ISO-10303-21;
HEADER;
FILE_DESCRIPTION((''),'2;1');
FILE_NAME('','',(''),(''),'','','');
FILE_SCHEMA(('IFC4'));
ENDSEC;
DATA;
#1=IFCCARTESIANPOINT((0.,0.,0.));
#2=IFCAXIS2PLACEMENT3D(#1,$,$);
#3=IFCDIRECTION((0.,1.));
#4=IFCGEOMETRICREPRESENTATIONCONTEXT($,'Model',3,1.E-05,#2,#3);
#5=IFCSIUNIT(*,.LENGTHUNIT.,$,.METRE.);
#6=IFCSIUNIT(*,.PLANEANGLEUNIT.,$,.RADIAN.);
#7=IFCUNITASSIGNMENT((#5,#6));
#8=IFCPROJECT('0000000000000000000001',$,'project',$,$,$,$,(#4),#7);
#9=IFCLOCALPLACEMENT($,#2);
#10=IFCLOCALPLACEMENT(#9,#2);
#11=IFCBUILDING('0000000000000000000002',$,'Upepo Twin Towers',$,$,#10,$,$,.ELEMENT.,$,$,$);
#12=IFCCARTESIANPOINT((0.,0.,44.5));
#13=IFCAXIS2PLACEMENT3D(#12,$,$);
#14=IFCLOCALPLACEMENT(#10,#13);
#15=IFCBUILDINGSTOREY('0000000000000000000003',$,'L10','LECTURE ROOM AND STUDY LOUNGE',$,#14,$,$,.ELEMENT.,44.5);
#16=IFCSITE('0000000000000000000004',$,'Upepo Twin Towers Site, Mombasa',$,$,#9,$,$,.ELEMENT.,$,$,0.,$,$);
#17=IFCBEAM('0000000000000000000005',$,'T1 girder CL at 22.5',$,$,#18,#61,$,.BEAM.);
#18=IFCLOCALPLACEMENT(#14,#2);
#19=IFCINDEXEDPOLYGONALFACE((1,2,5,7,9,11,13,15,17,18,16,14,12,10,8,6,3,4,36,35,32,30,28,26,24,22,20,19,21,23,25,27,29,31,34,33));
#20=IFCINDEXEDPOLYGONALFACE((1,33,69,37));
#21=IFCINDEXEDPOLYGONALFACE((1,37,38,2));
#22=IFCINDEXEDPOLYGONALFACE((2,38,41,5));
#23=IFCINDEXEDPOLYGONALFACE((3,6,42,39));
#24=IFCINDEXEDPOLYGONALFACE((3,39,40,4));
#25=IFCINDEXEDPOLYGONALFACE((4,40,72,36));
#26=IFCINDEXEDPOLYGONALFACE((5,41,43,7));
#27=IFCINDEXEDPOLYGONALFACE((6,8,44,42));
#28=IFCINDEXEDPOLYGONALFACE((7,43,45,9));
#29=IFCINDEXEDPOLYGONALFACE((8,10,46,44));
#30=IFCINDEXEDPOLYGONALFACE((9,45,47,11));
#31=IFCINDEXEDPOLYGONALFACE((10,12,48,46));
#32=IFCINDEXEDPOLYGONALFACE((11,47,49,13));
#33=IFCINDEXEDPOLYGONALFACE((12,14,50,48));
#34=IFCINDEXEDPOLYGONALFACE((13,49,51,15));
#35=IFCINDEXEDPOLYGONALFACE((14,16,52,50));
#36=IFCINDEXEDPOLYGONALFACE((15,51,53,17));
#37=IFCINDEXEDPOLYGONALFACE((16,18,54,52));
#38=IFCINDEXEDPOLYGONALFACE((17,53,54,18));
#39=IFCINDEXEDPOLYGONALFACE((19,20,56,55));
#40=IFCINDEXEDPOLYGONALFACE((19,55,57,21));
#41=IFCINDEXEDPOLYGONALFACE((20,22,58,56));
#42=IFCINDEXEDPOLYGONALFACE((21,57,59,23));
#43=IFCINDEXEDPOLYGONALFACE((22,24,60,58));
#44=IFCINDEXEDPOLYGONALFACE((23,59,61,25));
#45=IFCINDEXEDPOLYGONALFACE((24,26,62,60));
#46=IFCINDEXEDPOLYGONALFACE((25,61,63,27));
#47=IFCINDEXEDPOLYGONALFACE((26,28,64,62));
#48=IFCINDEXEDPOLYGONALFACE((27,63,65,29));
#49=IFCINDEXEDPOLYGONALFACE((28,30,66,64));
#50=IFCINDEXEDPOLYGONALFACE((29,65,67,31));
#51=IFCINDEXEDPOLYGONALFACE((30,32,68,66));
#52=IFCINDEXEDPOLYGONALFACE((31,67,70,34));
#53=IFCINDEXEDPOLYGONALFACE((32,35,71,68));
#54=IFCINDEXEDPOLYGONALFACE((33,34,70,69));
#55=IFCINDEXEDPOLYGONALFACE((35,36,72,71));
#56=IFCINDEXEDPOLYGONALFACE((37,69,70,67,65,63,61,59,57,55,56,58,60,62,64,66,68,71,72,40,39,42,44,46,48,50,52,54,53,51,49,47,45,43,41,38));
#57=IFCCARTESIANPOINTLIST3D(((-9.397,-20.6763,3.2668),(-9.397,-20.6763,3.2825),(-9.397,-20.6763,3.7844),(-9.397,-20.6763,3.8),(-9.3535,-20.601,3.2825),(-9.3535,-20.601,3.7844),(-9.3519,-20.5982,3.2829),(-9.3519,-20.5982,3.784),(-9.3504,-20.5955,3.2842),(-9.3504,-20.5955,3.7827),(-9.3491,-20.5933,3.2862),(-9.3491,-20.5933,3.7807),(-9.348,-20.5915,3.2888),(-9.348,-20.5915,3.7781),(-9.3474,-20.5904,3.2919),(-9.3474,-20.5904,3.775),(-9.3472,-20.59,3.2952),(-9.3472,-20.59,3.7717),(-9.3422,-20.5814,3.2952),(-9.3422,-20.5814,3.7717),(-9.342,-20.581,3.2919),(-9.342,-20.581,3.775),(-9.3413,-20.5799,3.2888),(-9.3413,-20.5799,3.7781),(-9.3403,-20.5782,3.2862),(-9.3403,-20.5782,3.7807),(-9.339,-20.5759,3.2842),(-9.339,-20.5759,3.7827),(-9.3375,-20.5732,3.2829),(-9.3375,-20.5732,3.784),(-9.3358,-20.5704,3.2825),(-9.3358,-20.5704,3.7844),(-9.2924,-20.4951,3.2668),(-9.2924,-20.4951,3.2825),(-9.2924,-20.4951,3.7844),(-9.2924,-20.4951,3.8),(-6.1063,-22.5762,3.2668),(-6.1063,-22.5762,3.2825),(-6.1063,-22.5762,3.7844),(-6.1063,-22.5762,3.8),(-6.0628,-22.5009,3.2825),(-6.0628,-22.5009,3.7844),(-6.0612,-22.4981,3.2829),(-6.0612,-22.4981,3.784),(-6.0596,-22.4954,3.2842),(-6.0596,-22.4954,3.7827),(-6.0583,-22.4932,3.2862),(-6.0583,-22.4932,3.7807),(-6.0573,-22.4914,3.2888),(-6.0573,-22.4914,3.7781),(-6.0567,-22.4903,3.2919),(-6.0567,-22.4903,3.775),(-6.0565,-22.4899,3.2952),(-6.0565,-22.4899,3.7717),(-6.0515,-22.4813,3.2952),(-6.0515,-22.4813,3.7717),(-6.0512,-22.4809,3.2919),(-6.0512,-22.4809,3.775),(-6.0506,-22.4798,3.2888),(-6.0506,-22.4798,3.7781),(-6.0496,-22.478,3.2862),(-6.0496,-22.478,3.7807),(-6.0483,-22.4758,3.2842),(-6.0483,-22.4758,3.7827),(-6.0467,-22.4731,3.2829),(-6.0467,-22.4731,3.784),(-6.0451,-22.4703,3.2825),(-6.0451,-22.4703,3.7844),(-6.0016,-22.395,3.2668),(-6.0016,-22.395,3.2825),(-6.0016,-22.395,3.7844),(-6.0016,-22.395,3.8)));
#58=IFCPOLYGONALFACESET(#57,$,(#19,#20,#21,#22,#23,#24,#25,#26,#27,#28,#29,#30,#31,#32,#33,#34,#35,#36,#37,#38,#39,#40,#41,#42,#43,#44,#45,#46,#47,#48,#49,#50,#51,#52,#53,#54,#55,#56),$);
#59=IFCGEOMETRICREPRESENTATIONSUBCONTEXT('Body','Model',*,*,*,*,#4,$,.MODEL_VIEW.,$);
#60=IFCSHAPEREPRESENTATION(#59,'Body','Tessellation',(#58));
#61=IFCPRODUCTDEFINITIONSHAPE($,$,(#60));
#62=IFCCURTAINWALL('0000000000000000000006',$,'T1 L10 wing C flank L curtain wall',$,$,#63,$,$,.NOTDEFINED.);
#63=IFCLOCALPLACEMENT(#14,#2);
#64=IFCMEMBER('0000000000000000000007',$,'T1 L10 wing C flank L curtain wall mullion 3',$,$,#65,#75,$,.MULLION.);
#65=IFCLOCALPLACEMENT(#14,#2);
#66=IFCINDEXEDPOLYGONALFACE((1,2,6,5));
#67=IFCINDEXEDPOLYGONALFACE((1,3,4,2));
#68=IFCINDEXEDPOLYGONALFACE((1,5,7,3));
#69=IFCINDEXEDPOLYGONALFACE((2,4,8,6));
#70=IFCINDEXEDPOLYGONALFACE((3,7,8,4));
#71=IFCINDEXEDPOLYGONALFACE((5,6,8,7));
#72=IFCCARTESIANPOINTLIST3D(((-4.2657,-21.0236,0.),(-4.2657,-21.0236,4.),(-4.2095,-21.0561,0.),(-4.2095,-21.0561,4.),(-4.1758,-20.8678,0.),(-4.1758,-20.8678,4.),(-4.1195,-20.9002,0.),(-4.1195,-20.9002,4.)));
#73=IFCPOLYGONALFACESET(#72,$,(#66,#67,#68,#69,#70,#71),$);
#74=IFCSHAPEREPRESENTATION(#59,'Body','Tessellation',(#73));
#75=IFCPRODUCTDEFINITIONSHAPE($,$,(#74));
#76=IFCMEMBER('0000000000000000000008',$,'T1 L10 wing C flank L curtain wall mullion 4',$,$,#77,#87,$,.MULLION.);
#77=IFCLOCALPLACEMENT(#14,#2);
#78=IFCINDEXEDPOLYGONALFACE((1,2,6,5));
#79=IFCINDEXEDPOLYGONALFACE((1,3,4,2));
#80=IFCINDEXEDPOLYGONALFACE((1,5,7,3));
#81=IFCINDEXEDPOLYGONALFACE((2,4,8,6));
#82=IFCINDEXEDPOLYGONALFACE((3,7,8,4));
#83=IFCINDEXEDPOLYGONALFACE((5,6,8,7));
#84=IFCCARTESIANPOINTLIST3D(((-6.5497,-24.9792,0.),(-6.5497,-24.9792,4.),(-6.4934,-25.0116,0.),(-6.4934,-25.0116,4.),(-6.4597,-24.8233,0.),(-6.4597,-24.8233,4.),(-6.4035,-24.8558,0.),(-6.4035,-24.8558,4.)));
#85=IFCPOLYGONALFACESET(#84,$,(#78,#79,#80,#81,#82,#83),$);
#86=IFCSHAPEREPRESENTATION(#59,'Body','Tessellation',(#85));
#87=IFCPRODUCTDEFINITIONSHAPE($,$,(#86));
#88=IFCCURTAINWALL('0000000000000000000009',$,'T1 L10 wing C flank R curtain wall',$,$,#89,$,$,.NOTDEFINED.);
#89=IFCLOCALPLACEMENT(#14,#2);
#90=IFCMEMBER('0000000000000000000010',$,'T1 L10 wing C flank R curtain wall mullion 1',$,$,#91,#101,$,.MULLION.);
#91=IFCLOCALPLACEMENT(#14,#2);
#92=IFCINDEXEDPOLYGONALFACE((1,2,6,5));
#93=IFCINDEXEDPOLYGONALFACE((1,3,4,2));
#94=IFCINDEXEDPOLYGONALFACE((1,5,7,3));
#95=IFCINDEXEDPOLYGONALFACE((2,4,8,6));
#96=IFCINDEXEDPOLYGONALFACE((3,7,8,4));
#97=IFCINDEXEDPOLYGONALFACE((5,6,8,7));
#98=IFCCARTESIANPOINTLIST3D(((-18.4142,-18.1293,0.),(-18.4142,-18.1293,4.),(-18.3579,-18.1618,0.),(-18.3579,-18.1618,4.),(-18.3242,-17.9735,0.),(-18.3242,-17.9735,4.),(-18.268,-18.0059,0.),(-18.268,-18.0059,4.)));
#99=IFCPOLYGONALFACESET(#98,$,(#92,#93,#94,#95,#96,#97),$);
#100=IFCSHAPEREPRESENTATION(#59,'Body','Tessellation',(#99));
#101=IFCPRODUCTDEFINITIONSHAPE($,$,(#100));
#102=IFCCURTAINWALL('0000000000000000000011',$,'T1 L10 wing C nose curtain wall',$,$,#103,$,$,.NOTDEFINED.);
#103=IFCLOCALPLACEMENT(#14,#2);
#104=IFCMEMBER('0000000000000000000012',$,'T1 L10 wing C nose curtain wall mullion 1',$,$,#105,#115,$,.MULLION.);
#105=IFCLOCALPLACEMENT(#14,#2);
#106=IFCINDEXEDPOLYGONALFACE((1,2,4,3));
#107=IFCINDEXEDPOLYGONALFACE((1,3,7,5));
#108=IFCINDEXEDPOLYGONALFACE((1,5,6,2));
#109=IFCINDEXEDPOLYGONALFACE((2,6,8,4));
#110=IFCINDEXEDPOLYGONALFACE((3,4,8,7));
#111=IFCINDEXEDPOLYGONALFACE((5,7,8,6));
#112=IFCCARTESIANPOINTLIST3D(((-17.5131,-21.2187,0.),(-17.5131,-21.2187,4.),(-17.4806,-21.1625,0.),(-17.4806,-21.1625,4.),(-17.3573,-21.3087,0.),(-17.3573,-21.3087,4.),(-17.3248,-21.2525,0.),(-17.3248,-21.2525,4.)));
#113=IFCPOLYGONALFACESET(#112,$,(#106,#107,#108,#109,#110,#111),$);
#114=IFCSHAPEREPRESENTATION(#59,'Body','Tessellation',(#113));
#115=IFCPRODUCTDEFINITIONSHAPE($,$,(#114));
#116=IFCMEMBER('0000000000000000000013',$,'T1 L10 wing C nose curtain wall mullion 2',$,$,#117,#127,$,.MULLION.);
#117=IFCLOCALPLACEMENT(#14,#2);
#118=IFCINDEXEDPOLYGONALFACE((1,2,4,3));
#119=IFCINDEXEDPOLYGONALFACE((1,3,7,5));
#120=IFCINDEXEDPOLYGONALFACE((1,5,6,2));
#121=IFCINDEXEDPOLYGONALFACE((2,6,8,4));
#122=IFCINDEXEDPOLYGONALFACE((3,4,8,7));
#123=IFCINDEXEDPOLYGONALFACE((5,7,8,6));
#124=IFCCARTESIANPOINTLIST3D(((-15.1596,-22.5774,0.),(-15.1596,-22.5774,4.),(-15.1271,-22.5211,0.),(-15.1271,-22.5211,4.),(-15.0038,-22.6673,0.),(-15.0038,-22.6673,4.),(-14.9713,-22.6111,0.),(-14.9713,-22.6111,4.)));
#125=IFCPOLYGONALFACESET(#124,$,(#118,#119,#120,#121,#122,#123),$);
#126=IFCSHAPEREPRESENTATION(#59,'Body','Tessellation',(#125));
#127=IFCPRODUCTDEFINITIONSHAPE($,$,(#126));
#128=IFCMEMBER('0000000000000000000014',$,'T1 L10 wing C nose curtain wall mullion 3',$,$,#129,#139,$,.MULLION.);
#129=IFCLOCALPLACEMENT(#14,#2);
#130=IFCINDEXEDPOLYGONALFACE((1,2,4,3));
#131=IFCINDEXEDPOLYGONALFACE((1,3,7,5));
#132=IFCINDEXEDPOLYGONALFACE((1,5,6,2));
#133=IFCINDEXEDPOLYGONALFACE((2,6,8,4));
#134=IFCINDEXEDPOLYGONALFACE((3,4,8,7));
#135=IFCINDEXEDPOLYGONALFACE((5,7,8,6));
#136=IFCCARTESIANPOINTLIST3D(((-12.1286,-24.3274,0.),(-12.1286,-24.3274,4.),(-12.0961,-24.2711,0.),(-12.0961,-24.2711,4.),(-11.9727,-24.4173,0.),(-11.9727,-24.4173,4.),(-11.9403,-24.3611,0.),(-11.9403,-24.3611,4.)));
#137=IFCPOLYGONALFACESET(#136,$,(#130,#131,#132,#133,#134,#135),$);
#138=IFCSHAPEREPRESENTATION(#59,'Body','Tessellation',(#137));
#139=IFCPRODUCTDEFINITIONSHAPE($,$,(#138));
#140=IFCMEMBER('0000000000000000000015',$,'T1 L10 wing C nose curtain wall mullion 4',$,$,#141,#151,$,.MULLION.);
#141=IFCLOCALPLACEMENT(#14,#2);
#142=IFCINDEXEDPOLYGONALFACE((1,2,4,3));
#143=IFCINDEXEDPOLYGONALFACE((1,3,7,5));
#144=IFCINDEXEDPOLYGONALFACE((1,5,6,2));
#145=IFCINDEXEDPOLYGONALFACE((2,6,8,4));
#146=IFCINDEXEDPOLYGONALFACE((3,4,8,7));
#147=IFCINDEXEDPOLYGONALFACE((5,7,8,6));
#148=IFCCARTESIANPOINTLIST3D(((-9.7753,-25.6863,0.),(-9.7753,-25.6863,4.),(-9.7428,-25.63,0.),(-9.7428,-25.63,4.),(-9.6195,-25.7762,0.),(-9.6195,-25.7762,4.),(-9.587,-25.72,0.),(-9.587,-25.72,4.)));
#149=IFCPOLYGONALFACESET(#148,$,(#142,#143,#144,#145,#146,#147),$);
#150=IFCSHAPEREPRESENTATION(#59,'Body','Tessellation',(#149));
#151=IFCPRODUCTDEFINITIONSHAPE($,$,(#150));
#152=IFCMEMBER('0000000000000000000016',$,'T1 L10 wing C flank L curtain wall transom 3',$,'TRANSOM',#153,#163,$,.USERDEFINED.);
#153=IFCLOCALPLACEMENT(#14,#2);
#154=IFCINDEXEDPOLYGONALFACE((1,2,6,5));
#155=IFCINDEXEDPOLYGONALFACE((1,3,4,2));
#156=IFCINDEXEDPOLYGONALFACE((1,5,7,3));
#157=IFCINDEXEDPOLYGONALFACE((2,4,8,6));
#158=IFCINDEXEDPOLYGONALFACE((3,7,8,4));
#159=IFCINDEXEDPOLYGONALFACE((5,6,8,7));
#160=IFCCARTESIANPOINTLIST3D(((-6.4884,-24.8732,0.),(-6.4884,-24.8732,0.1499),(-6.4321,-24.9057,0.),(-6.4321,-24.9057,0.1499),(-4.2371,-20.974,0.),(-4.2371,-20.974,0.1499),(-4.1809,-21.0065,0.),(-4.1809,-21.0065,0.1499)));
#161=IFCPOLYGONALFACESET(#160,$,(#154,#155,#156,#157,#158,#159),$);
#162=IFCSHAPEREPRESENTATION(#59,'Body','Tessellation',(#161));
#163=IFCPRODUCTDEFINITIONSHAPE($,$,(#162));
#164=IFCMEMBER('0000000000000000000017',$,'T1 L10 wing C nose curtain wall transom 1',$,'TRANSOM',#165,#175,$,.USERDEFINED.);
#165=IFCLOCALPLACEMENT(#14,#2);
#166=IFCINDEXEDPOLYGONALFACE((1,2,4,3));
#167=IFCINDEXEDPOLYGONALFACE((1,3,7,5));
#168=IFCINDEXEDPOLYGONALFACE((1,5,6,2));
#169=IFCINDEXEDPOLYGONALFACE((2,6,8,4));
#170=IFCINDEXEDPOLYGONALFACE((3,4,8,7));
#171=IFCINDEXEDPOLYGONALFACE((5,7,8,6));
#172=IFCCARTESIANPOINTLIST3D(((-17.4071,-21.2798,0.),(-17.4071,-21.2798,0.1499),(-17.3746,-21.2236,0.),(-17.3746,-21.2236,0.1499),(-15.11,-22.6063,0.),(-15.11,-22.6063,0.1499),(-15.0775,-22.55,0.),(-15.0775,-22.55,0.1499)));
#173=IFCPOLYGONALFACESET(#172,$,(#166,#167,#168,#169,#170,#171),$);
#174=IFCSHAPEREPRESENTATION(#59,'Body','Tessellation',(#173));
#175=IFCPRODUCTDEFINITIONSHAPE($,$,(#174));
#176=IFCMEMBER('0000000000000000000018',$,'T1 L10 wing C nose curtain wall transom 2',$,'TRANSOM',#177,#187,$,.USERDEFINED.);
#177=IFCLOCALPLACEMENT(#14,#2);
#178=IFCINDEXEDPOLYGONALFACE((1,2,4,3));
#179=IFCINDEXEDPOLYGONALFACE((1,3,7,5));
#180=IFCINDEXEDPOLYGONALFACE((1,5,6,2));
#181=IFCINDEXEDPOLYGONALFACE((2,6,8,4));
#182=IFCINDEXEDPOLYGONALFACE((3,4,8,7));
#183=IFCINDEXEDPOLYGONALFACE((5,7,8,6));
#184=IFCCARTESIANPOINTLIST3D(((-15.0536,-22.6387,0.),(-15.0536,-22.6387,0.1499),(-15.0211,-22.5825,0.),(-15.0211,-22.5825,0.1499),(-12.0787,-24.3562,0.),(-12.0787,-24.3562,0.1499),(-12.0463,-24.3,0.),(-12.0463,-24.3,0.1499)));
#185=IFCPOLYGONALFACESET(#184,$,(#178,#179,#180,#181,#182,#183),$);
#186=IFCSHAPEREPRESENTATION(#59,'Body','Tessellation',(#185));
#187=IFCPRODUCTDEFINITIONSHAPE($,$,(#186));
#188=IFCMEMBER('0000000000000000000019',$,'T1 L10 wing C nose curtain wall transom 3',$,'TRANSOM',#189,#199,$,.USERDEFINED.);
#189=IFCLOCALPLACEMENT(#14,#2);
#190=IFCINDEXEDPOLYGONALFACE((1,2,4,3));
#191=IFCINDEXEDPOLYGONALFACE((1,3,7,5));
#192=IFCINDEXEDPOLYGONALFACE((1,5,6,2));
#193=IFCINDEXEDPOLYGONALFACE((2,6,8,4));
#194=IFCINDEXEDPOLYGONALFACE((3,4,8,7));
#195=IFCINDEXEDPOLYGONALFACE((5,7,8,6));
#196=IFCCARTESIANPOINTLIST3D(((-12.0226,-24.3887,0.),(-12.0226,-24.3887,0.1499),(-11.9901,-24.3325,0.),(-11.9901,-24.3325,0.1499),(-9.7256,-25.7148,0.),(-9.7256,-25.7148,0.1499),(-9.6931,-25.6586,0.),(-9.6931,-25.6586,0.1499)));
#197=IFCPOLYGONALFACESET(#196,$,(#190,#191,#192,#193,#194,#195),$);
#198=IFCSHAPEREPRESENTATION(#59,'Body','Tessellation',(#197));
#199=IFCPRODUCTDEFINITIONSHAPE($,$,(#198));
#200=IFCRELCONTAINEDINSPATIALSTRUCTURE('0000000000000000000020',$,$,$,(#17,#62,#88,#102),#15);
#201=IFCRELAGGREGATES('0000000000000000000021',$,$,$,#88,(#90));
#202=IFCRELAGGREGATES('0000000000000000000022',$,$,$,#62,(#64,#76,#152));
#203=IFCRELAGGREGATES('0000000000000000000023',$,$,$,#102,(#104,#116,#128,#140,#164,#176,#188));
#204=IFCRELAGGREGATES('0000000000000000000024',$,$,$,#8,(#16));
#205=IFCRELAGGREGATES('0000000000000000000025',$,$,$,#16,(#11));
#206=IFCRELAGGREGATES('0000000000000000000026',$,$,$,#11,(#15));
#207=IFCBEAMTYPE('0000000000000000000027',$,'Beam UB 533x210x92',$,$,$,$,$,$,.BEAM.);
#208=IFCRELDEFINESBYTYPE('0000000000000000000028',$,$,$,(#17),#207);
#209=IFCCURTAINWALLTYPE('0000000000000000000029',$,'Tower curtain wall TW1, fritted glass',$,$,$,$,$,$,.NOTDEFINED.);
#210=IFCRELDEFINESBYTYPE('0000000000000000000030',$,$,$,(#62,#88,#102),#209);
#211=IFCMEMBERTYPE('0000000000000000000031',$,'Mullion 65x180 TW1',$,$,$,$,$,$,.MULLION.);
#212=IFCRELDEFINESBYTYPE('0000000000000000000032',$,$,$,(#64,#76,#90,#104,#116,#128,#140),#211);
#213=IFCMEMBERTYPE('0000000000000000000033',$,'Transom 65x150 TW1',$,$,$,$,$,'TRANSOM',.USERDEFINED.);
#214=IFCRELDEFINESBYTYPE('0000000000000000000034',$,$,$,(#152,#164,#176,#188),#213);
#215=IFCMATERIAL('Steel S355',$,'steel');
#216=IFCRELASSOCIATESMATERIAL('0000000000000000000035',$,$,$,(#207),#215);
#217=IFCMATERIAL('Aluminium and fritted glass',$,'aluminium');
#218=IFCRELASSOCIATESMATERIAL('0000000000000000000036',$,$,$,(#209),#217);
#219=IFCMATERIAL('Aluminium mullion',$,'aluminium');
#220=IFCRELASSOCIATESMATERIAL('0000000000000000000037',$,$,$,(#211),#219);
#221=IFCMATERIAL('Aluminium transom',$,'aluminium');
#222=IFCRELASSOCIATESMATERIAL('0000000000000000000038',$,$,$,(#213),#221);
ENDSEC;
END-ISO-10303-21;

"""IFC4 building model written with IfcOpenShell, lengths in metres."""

from ifc_helpers import new_model, si_unit, direction, frame, origin, origin_2d, place, context, subcontext, project, spatial, rectangle, i_section, extrude, material, material_profile, profile_set, type_object, element, aggregate, save


model = new_model("IFC4")

# Units and contexts
model_context = context("Model", 3, precision=1e-05, world=origin(), true_north=direction((0.0, 1.0)))
body_context = subcontext(model_context, "Body", "Model", "MODEL_VIEW")
ifc_project = project(units=[si_unit("LENGTHUNIT", "METRE"), si_unit("PLANEANGLEUNIT", "RADIAN")], contexts=[model_context])

# Site, building, storey
site_placement = place(None, origin())
site = spatial("IfcSite", under=ifc_project, at=site_placement, Name="Upepo Twin Towers Site, Mombasa", CompositionType="ELEMENT", RefElevation=0.0)
building_placement = place(site_placement, origin())
building = spatial("IfcBuilding", under=site, at=building_placement, Name="Upepo Twin Towers", CompositionType="ELEMENT")
storey_placement = place(building_placement, frame((0.0, 0.0, 44.5)))
storey = spatial("IfcBuildingStorey", under=building, at=storey_placement, Name="L10", Description="LECTURE ROOM AND STUDY LOUNGE", CompositionType="ELEMENT", Elevation=44.5)

# Beam
ifc_material_1 = material(Name="Steel S355", Category="steel")
ifc_material_profile_1 = material_profile(ifc_material_1, i_section(OverallWidth=0.2092, OverallDepth=0.5332, WebThickness=0.01, FlangeThickness=0.0156, FilletRadius=0.0127, at=origin_2d()), Name="UB 533x210x92")
ifc_profile_set_1 = profile_set([ifc_material_profile_1], Name="Steel S355")
beam_type_1 = type_object("IfcBeamType", Name="Beam UB 533x210x92", PredefinedType="BEAM", material=ifc_profile_set_1)
beam_1_placement = place(storey_placement, frame((-6.054, -22.4856, 3.5334), z_axis=(-0.866028, 0.499995, 0.0), x_axis=(-0.499995, -0.866028, 0.0)))
element("IfcBeam", 1, at=beam_1_placement, inside=storey, type_object=beam_type_1, Name="T1 girder CL at 22.5", PredefinedType="BEAM", context=body_context, shape_type="SweptSolid", body=[
    extrude(i_section(OverallWidth=0.2092, OverallDepth=0.5332, WebThickness=0.01, FlangeThickness=0.0156, FilletRadius=0.0127, at=origin_2d()), origin(), (0.0, 0.0, 1.0), 3.7998),
])

# Curtain wall, members
ifc_material_2 = material(Name="Aluminium and fritted glass", Category="aluminium")
curtain_wall_type = type_object("IfcCurtainWallType", Name="Tower curtain wall TW1, fritted glass", PredefinedType="NOTDEFINED", material=ifc_material_2)
curtain_wall_1_placement = place(storey_placement, origin())
curtain_wall_1 = element("IfcCurtainWall", 2, at=curtain_wall_1_placement, inside=storey, type_object=curtain_wall_type, Name="T1 L10 wing C flank L curtain wall", PredefinedType="NOTDEFINED")
ifc_material_3 = material(Name="Aluminium mullion", Category="aluminium")
ifc_material_profile_2 = material_profile(ifc_material_3, rectangle(XDim=0.0649, YDim=0.1799, at=origin_2d()), Name="MULLION 65x180")
ifc_profile_set_2 = profile_set([ifc_material_profile_2], Name="Aluminium mullion")
member_type_1 = type_object("IfcMemberType", Name="Mullion 65x180 TW1", PredefinedType="MULLION", material=ifc_profile_set_2)
member_1_placement = place(storey_placement, frame((-4.1926, -20.9619, 0.0), z_axis=(0.0, 0.0, 1.0), x_axis=(0.866025, -0.5, 0.0)))
member_1 = element("IfcMember", 3, at=member_1_placement, type_object=member_type_1, Name="T1 L10 wing C flank L curtain wall mullion 3", PredefinedType="MULLION", context=body_context, shape_type="SweptSolid", body=[
    extrude(rectangle(XDim=0.0649, YDim=0.1799, at=origin_2d()), origin(), (0.0, 0.0, 1.0), 4.0),
])
member_2_placement = place(storey_placement, frame((-6.4766, -24.9175, 0.0), z_axis=(0.0, 0.0, 1.0), x_axis=(0.866025, -0.5, 0.0)))
member_2 = element("IfcMember", 4, at=member_2_placement, type_object=member_type_1, Name="T1 L10 wing C flank L curtain wall mullion 4", PredefinedType="MULLION", context=body_context, shape_type="SweptSolid", body=[
    extrude(rectangle(XDim=0.0649, YDim=0.1799, at=origin_2d()), origin(), (0.0, 0.0, 1.0), 4.0),
])

# Curtain wall, member
curtain_wall_2_placement = place(storey_placement, origin())
curtain_wall_2 = element("IfcCurtainWall", 5, at=curtain_wall_2_placement, inside=storey, type_object=curtain_wall_type, Name="T1 L10 wing C flank R curtain wall", PredefinedType="NOTDEFINED")
member_3_placement = place(storey_placement, frame((-18.3411, -18.0676, 0.0), z_axis=(0.0, 0.0, 1.0), x_axis=(-0.866025, 0.5, 0.0)))
member_3 = element("IfcMember", 6, at=member_3_placement, type_object=member_type_1, Name="T1 L10 wing C flank R curtain wall mullion 1", PredefinedType="MULLION", context=body_context, shape_type="SweptSolid", body=[
    extrude(rectangle(XDim=0.0649, YDim=0.1799, at=origin_2d()), origin(), (0.0, 0.0, 1.0), 4.0),
])
aggregate(curtain_wall_2, [member_3])

# Curtain wall, members
curtain_wall_3_placement = place(storey_placement, origin())
curtain_wall_3 = element("IfcCurtainWall", 7, at=curtain_wall_3_placement, inside=storey, type_object=curtain_wall_type, Name="T1 L10 wing C nose curtain wall", PredefinedType="NOTDEFINED")
member_4_placement = place(storey_placement, frame((-17.4189, -21.2356, 0.0), z_axis=(0.0, 0.0, 1.0), x_axis=(0.5, 0.866025, 0.0)))
member_4 = element("IfcMember", 8, at=member_4_placement, type_object=member_type_1, Name="T1 L10 wing C nose curtain wall mullion 1", PredefinedType="MULLION", context=body_context, shape_type="SweptSolid", body=[
    extrude(rectangle(XDim=0.0649, YDim=0.1799, at=origin_2d()), origin(), (0.0, 0.0, 1.0), 4.0),
])
member_5_placement = place(storey_placement, frame((-15.0654, -22.5942, 0.0), z_axis=(0.0, 0.0, 1.0), x_axis=(0.5, 0.866025, 0.0)))
member_5 = element("IfcMember", 9, at=member_5_placement, type_object=member_type_1, Name="T1 L10 wing C nose curtain wall mullion 2", PredefinedType="MULLION", context=body_context, shape_type="SweptSolid", body=[
    extrude(rectangle(XDim=0.0649, YDim=0.1799, at=origin_2d()), origin(), (0.0, 0.0, 1.0), 4.0),
])
member_6_placement = place(storey_placement, frame((-12.0344, -24.3442, 0.0), z_axis=(0.0, 0.0, 1.0), x_axis=(0.5, 0.866025, 0.0)))
member_6 = element("IfcMember", 10, at=member_6_placement, type_object=member_type_1, Name="T1 L10 wing C nose curtain wall mullion 3", PredefinedType="MULLION", context=body_context, shape_type="SweptSolid", body=[
    extrude(rectangle(XDim=0.0649, YDim=0.1799, at=origin_2d()), origin(), (0.0, 0.0, 1.0), 4.0),
])
member_7_placement = place(storey_placement, frame((-9.6812, -25.7031, 0.0), z_axis=(0.0, 0.0, 1.0), x_axis=(0.5, 0.866025, 0.0)))
member_7 = element("IfcMember", 11, at=member_7_placement, type_object=member_type_1, Name="T1 L10 wing C nose curtain wall mullion 4", PredefinedType="MULLION", context=body_context, shape_type="SweptSolid", body=[
    extrude(rectangle(XDim=0.0649, YDim=0.1799, at=origin_2d()), origin(), (0.0, 0.0, 1.0), 4.0),
])

# Members
ifc_material_4 = material(Name="Aluminium transom", Category="aluminium")
ifc_material_profile_3 = material_profile(ifc_material_4, rectangle(XDim=0.0649, YDim=0.1499, at=origin_2d()), Name="TRANSOM 65x150")
ifc_profile_set_3 = profile_set([ifc_material_profile_3], Name="Aluminium transom")
member_type_2 = type_object("IfcMemberType", Name="Transom 65x150 TW1", ElementType="TRANSOM", PredefinedType="USERDEFINED", material=ifc_profile_set_3)
member_8_placement = place(storey_placement, frame((-4.209, -20.9902, 0.075), z_axis=(-0.500006, -0.866022, 0.0), x_axis=(0.866022, -0.500006, 0.0)))
member_8 = element("IfcMember", 12, at=member_8_placement, type_object=member_type_2, Name="T1 L10 wing C flank L curtain wall transom 3", ObjectType="TRANSOM", PredefinedType="USERDEFINED", context=body_context, shape_type="SweptSolid", body=[
    extrude(rectangle(XDim=0.0649, YDim=0.1499, at=origin_2d()), origin(), (0.0, 0.0, 1.0), 4.5024),
])
member_9_placement = place(storey_placement, frame((-17.3909, -21.2517, 0.075), z_axis=(0.865997, -0.500049, 0.0), x_axis=(0.500049, 0.865997, 0.0)))
member_9 = element("IfcMember", 13, at=member_9_placement, type_object=member_type_2, Name="T1 L10 wing C nose curtain wall transom 1", ObjectType="TRANSOM", PredefinedType="USERDEFINED", context=body_context, shape_type="SweptSolid", body=[
    extrude(rectangle(XDim=0.0649, YDim=0.1499, at=origin_2d()), origin(), (0.0, 0.0, 1.0), 2.6526),
])
member_10_placement = place(storey_placement, frame((-15.0374, -22.6106, 0.075), z_axis=(0.866026, -0.499999, 0.0), x_axis=(0.499999, 0.866026, 0.0)))
member_10 = element("IfcMember", 14, at=member_10_placement, type_object=member_type_2, Name="T1 L10 wing C nose curtain wall transom 2", ObjectType="TRANSOM", PredefinedType="USERDEFINED", context=body_context, shape_type="SweptSolid", body=[
    extrude(rectangle(XDim=0.0649, YDim=0.1499, at=origin_2d()), origin(), (0.0, 0.0, 1.0), 3.4351),
])
member_11_placement = place(storey_placement, frame((-12.0063, -24.3606, 0.075), z_axis=(0.866037, -0.49998, 0.0), x_axis=(0.49998, 0.866037, 0.0)))
member_11 = element("IfcMember", 15, at=member_11_placement, type_object=member_type_2, Name="T1 L10 wing C nose curtain wall transom 3", ObjectType="TRANSOM", PredefinedType="USERDEFINED", context=body_context, shape_type="SweptSolid", body=[
    extrude(rectangle(XDim=0.0649, YDim=0.1499, at=origin_2d()), origin(), (0.0, 0.0, 1.0), 2.6523),
])

aggregate(curtain_wall_1, [member_1, member_2, member_8])
aggregate(curtain_wall_3, [member_4, member_5, member_6, member_7, member_9, member_10, member_11])

save(model, "model.ifc")
